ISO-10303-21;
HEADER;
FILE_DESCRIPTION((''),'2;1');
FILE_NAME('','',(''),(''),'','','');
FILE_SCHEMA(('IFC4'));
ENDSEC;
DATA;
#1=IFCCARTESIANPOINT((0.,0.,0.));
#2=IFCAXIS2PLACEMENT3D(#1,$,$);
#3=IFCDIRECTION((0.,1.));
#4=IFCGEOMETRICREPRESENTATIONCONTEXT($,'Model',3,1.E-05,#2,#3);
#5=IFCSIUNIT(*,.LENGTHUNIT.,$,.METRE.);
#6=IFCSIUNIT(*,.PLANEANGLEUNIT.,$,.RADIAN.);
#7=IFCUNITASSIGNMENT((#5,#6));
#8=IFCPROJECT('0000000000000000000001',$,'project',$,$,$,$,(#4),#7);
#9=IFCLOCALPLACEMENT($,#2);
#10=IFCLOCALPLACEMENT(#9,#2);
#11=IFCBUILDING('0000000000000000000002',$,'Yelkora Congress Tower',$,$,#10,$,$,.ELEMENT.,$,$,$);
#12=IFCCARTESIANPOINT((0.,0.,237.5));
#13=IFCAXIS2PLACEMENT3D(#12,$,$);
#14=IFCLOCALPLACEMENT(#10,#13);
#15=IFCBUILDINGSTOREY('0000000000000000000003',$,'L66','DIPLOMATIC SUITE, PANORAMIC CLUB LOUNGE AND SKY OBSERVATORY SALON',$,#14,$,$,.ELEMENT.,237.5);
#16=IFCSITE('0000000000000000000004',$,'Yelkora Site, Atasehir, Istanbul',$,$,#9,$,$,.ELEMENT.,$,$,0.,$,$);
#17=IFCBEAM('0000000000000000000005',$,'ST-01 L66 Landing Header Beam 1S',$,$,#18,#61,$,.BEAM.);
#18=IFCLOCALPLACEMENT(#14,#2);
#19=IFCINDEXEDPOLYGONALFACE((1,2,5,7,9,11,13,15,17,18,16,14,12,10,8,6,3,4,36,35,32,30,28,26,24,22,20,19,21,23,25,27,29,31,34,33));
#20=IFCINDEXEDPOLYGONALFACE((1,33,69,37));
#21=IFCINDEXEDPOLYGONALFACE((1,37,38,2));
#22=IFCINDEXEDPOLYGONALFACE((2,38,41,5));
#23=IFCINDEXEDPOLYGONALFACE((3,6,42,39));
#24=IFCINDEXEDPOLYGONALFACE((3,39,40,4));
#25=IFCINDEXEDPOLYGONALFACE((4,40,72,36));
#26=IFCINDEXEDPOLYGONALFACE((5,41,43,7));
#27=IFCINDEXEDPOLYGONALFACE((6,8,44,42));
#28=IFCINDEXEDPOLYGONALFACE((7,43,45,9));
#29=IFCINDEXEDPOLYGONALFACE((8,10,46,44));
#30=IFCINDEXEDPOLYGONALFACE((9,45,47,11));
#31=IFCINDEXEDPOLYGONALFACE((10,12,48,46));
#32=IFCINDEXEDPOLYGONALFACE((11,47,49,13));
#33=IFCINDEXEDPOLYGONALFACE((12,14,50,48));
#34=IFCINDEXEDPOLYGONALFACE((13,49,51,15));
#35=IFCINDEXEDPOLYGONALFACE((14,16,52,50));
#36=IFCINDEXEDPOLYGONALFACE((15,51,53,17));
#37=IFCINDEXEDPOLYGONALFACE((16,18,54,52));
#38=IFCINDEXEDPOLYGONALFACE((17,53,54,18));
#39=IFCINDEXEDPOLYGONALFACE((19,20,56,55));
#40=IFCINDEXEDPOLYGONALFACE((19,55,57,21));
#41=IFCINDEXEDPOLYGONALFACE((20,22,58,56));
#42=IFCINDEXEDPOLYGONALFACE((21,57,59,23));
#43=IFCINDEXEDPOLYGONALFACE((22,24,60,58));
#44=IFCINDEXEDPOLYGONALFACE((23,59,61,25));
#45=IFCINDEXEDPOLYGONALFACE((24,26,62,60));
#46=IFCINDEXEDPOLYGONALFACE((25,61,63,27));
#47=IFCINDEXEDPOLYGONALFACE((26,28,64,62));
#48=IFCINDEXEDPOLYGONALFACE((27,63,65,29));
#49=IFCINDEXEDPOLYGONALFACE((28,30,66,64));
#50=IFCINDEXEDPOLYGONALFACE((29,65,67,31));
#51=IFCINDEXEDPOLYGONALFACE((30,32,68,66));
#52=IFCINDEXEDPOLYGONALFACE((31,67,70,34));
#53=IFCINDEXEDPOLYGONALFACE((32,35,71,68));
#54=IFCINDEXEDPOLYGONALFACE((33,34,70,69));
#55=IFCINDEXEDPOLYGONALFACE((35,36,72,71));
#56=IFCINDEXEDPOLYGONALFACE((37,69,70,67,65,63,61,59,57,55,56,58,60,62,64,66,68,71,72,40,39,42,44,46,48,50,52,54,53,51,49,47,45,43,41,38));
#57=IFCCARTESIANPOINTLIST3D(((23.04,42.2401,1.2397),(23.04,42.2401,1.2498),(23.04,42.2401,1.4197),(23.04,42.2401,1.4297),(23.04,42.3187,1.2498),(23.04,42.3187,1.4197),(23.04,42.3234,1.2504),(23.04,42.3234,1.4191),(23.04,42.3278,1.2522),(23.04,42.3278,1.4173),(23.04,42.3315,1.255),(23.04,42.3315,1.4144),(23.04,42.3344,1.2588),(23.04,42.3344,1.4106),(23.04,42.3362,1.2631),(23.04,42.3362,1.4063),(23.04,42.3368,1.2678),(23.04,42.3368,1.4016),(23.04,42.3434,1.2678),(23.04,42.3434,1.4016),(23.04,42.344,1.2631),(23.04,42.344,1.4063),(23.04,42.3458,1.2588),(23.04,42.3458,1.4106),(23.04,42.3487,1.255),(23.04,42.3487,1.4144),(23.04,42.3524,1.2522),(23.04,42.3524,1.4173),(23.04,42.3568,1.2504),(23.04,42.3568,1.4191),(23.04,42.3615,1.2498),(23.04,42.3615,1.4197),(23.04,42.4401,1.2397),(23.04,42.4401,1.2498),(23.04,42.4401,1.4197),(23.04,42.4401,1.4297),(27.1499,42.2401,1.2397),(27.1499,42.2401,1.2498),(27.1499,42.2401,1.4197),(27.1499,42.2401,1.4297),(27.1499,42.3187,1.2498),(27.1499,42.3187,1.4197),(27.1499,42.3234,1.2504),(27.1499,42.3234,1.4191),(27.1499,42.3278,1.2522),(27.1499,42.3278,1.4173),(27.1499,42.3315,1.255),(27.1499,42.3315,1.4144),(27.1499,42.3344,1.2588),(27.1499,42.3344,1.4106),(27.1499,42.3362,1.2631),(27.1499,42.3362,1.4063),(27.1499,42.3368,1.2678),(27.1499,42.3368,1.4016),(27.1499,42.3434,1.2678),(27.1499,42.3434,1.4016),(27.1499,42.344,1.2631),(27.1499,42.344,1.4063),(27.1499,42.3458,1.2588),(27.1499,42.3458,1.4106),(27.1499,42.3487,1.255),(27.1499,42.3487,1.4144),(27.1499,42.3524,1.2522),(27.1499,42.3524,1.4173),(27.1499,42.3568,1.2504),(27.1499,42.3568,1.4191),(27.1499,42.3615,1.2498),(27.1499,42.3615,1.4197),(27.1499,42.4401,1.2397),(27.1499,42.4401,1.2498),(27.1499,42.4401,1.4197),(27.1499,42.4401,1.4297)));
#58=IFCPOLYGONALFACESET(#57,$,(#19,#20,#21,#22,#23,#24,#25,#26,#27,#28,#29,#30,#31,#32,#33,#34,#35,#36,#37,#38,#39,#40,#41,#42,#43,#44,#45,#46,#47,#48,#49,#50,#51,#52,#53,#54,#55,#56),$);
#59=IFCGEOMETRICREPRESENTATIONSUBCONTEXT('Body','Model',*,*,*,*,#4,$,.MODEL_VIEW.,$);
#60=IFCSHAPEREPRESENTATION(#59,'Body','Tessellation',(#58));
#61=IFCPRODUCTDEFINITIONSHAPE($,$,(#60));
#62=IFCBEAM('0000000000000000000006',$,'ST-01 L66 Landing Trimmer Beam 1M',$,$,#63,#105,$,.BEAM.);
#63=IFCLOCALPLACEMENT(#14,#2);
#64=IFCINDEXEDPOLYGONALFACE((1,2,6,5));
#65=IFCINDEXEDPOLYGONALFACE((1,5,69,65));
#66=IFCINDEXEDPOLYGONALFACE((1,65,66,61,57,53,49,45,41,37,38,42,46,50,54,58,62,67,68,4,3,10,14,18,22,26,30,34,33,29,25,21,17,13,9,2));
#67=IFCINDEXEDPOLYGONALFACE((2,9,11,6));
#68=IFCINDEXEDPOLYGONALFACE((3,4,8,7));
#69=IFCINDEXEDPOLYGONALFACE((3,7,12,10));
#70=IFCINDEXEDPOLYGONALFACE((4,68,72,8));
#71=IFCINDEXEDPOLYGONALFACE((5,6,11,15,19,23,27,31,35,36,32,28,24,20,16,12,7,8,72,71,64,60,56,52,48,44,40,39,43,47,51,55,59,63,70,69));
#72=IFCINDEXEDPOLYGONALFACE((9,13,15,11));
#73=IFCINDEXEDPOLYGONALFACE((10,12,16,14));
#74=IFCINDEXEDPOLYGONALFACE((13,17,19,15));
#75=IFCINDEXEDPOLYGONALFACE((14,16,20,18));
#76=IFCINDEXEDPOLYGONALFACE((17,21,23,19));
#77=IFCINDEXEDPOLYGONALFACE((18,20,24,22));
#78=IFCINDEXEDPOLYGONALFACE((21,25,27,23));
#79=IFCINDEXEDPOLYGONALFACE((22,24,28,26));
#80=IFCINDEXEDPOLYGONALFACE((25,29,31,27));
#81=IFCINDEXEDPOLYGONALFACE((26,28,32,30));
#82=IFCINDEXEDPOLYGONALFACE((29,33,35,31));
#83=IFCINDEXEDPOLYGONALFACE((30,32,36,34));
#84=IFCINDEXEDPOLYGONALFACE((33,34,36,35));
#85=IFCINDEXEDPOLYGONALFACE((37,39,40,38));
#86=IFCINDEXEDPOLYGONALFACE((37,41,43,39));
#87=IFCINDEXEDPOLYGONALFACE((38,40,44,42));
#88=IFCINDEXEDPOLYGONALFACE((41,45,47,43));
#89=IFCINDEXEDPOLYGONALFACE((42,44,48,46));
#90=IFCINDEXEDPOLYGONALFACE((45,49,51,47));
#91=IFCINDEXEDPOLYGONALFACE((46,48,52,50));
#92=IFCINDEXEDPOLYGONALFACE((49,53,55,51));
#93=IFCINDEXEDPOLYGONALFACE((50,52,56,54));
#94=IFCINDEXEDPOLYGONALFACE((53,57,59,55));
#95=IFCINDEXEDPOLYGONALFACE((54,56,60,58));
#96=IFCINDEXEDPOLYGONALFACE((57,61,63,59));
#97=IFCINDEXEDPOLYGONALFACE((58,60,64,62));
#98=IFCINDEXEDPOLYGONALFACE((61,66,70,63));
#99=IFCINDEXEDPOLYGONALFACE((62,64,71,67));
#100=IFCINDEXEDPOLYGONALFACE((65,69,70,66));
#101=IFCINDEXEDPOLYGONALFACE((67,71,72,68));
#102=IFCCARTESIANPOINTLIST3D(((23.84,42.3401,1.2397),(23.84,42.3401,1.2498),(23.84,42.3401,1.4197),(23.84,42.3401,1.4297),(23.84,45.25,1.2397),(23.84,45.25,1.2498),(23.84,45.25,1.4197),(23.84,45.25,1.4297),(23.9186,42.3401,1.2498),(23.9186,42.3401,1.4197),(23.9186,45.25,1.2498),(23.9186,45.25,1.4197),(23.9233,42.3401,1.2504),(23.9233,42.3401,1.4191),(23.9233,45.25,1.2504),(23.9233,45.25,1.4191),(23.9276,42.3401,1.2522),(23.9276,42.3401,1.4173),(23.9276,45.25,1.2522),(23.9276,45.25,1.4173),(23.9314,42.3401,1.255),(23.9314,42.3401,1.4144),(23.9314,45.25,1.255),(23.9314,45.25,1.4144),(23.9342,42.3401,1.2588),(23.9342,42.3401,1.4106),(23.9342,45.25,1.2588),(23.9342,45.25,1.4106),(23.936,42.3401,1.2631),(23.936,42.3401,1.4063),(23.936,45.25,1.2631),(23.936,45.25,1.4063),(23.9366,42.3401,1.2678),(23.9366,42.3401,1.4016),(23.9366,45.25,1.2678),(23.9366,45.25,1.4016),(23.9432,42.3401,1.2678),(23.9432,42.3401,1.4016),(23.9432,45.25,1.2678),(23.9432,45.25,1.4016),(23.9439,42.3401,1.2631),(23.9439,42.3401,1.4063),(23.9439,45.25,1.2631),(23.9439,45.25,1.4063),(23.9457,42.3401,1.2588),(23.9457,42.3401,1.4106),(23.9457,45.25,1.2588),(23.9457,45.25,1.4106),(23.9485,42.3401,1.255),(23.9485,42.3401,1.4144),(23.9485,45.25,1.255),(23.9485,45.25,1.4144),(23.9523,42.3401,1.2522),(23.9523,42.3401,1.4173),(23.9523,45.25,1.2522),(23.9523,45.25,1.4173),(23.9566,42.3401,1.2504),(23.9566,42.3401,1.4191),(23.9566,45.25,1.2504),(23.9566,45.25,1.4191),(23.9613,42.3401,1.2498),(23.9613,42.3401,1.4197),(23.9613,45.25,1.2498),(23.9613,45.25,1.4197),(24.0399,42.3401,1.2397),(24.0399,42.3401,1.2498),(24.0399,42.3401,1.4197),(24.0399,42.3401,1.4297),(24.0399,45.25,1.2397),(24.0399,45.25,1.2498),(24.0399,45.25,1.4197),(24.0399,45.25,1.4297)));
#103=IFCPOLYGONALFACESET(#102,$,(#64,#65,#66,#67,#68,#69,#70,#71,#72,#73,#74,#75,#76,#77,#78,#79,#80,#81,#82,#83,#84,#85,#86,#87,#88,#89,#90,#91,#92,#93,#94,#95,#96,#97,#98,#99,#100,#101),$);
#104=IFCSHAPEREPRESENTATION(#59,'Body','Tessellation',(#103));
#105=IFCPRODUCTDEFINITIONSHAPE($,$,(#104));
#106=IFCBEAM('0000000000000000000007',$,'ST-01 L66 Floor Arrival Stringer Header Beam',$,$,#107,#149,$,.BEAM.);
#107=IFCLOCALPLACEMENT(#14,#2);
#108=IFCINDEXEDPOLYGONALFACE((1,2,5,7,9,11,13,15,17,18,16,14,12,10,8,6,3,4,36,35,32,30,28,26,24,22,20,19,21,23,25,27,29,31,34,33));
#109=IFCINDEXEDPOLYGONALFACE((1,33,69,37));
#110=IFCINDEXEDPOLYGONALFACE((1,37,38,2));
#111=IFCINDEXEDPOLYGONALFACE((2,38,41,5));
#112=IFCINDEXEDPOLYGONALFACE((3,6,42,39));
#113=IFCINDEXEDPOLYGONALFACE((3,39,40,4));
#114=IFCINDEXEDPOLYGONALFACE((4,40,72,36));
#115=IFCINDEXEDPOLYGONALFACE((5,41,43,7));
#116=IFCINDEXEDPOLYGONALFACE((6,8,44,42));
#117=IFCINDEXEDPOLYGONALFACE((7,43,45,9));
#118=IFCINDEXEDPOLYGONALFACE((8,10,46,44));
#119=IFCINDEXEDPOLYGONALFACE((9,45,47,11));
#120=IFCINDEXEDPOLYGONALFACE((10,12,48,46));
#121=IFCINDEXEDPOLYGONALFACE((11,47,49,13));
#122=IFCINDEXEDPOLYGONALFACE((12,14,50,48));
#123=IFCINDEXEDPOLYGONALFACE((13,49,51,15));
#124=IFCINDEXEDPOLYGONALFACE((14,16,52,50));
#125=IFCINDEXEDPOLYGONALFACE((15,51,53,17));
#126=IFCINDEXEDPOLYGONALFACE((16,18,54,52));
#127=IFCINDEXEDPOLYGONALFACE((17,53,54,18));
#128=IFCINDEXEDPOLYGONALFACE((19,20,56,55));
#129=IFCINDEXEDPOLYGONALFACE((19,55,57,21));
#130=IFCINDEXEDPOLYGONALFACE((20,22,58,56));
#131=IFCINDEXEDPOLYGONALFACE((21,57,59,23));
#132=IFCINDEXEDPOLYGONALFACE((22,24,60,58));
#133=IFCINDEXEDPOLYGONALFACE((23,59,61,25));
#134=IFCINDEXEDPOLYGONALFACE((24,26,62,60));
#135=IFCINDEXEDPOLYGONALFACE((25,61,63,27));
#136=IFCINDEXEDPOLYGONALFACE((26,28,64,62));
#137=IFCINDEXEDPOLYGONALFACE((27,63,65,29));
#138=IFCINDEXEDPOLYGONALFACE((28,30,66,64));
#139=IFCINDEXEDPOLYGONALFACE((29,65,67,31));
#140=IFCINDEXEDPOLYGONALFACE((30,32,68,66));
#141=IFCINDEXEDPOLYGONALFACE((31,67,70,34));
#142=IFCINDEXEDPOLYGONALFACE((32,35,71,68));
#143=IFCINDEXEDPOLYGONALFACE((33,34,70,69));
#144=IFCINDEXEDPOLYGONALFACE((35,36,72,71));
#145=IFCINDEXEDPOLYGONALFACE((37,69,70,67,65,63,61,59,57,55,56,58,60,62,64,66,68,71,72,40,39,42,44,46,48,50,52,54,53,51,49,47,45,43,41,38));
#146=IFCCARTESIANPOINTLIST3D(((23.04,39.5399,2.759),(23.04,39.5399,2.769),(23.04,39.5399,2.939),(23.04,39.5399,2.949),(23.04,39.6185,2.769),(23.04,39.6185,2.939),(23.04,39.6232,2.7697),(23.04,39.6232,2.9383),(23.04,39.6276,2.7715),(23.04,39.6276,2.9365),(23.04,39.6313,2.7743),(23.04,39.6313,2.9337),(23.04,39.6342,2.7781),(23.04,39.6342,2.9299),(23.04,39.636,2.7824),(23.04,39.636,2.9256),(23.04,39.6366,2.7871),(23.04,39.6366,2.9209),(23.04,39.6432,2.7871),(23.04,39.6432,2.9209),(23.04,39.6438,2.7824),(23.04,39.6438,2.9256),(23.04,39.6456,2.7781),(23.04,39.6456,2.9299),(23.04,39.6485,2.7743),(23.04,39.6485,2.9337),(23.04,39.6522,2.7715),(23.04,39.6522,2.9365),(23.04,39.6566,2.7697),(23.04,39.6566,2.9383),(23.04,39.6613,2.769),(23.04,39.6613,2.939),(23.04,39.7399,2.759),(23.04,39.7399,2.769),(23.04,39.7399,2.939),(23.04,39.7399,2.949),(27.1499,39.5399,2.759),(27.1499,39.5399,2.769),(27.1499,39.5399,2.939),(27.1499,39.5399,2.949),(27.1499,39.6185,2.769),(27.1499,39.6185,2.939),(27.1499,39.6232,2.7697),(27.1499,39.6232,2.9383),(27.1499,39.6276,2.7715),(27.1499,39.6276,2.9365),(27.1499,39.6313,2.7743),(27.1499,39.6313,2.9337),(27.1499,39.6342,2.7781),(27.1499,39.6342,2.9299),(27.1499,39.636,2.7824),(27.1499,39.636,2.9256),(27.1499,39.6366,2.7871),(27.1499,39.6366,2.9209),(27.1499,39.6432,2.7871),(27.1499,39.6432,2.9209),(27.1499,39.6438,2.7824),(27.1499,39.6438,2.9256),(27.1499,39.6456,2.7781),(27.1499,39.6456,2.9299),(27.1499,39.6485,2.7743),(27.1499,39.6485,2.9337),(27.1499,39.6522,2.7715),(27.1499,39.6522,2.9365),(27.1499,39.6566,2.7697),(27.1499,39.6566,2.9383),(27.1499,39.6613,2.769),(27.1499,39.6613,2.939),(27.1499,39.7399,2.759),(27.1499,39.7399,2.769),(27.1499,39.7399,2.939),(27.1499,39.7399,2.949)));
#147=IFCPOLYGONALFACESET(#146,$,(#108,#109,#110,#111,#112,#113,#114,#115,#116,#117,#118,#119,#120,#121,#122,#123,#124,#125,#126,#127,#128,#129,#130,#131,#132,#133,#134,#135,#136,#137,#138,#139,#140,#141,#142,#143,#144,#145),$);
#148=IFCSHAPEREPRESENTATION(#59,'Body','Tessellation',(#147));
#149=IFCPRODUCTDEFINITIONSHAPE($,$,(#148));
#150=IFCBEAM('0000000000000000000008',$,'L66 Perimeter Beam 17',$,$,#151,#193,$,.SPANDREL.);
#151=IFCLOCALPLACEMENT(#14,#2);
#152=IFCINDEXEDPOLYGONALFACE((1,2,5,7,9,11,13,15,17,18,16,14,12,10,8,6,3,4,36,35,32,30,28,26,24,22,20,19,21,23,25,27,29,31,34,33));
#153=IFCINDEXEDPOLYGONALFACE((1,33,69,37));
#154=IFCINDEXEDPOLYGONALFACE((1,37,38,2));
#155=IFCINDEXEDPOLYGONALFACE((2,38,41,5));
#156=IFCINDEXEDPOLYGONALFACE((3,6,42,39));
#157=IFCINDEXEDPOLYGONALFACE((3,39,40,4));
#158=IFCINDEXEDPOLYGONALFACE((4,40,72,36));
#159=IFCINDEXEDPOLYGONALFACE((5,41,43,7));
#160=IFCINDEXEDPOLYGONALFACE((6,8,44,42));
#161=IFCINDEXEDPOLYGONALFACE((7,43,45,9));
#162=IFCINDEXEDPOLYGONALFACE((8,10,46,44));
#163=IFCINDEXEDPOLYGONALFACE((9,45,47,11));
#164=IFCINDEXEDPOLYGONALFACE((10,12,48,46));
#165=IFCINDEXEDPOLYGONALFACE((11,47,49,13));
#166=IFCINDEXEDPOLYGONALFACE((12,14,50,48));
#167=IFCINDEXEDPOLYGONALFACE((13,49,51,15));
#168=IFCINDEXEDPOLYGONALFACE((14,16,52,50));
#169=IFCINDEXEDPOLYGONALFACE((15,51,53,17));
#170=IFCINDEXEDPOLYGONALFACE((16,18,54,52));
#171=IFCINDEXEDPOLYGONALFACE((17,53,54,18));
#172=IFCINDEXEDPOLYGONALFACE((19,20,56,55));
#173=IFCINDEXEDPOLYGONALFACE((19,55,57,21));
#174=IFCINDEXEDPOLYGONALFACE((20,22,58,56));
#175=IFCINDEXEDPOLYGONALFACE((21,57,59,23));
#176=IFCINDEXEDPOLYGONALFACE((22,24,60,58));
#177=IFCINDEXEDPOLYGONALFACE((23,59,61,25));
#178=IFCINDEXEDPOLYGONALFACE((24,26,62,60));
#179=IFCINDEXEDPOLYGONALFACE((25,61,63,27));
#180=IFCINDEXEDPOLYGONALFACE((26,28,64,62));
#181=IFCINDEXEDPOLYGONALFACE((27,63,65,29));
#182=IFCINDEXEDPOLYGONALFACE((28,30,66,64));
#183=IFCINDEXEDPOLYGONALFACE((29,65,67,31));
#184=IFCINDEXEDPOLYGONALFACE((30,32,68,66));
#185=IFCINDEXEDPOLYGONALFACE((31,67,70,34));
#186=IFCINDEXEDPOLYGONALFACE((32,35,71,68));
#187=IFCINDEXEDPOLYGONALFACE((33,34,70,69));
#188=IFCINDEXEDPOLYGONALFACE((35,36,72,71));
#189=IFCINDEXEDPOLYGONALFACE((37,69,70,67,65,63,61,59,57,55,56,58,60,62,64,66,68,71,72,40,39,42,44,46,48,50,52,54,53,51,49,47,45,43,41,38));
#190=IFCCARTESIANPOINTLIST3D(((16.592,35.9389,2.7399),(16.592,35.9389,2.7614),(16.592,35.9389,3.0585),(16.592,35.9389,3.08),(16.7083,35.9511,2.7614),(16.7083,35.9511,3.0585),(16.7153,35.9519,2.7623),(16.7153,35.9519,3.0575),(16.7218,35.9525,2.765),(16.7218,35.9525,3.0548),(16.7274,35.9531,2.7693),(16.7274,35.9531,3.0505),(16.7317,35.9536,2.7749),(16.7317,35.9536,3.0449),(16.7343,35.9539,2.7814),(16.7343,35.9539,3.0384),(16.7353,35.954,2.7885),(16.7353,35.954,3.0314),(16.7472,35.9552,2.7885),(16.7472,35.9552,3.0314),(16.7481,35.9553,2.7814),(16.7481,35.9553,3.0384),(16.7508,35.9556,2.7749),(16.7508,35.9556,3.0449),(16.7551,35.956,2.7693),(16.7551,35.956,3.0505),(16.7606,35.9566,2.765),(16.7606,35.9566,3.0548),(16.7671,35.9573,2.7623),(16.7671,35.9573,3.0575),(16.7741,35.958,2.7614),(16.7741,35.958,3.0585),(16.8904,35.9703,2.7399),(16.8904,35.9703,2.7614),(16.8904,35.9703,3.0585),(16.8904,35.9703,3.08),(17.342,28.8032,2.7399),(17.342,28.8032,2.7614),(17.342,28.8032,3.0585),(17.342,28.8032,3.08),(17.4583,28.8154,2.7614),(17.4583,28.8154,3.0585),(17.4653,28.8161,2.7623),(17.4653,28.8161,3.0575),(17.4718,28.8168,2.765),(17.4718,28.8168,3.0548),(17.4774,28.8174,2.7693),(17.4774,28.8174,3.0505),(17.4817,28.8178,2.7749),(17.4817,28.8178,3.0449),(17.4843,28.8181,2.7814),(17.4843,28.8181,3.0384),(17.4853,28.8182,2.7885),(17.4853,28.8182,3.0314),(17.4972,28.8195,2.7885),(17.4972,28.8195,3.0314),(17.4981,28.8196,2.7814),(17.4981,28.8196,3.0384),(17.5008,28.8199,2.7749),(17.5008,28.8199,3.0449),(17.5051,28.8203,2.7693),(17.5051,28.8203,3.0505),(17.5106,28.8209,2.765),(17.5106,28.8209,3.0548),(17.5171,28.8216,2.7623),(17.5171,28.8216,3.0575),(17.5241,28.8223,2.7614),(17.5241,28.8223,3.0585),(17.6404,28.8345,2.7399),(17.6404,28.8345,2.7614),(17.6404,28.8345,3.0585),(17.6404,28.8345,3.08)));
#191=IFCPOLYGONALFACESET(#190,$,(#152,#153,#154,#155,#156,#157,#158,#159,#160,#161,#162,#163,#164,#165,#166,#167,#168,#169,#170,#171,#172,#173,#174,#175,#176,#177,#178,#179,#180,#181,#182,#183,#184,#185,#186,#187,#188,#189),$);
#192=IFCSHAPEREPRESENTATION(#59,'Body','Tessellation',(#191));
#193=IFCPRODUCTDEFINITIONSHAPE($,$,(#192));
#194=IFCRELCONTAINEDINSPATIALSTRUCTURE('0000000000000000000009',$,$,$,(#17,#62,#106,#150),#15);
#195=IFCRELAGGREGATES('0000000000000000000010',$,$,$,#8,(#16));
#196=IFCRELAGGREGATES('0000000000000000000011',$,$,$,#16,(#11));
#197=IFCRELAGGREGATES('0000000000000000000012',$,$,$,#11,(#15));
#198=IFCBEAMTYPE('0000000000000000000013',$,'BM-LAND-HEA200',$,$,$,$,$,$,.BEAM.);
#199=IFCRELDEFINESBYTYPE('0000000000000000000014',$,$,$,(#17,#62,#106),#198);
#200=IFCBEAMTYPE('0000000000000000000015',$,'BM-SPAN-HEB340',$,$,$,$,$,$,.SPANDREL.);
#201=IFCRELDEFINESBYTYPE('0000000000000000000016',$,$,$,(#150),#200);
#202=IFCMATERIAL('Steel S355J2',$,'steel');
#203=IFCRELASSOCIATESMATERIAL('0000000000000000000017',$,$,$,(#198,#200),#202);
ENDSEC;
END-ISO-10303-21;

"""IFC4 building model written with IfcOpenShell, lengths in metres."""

from ifc_helpers import new_model, si_unit, direction, frame, origin, origin_2d, place, context, subcontext, project, spatial, i_section, extrude, material, material_profile, profile_set, type_object, element, save


model = new_model("IFC4")

# Units and contexts
model_context = context("Model", 3, precision=1e-05, world=origin(), true_north=direction((0.0, 1.0)))
body_context = subcontext(model_context, "Body", "Model", "MODEL_VIEW")
ifc_project = project(units=[si_unit("LENGTHUNIT", "METRE"), si_unit("PLANEANGLEUNIT", "RADIAN")], contexts=[model_context])

# Site, building, storey
site_placement = place(None, origin())
site = spatial("IfcSite", under=ifc_project, at=site_placement, Name="Yelkora Site, Atasehir, Istanbul", CompositionType="ELEMENT", RefElevation=0.0)
building_placement = place(site_placement, origin())
building = spatial("IfcBuilding", under=site, at=building_placement, Name="Yelkora Congress Tower", CompositionType="ELEMENT")
storey_placement = place(building_placement, frame((0.0, 0.0, 237.5)))
storey = spatial("IfcBuildingStorey", under=building, at=storey_placement, Name="L66", Description="DIPLOMATIC SUITE, PANORAMIC CLUB LOUNGE AND SKY OBSERVATORY SALON", CompositionType="ELEMENT", Elevation=237.5)

# Shared definitions
ifc_material_1 = material(Name="Steel S355J2", Category="steel")

# Beams
ifc_material_profile_1 = material_profile(ifc_material_1, i_section(OverallWidth=0.2, OverallDepth=0.1899, WebThickness=0.0066, FlangeThickness=0.01, FilletRadius=0.0181, at=origin_2d()), Name="HEA 200")
ifc_profile_set_1 = profile_set([ifc_material_profile_1], Name="Steel S355J2")
beam_type_1 = type_object("IfcBeamType", Name="BM-LAND-HEA200", PredefinedType="BEAM", material=ifc_profile_set_1)
beam_1_placement = place(storey_placement, frame((23.04, 42.3401, 1.3347), z_axis=(1.0, 0.0, 0.0), x_axis=(0.0, 1.0, 0.0)))
element("IfcBeam", 1, at=beam_1_placement, inside=storey, type_object=beam_type_1, Name="ST-01 L66 Landing Header Beam 1S", PredefinedType="BEAM", context=body_context, shape_type="SweptSolid", body=[
    extrude(i_section(OverallWidth=0.2, OverallDepth=0.1899, WebThickness=0.0066, FlangeThickness=0.01, FilletRadius=0.0181, at=origin_2d()), origin(), (0.0, 0.0, 1.0), 4.1099),
])
beam_2_placement = place(storey_placement, frame((23.9399, 42.3401, 1.3347), z_axis=(0.0, 1.0, 0.0), x_axis=(-1.0, 0.0, 0.0)))
element("IfcBeam", 2, at=beam_2_placement, inside=storey, type_object=beam_type_1, Name="ST-01 L66 Landing Trimmer Beam 1M", PredefinedType="BEAM", context=body_context, shape_type="SweptSolid", body=[
    extrude(i_section(OverallWidth=0.2, OverallDepth=0.1899, WebThickness=0.0066, FlangeThickness=0.01, FilletRadius=0.0181, at=origin_2d()), origin(), (0.0, 0.0, 1.0), 2.9099),
])
beam_3_placement = place(storey_placement, frame((23.04, 39.6399, 2.854), z_axis=(1.0, 0.0, 0.0), x_axis=(0.0, 1.0, 0.0)))
element("IfcBeam", 3, at=beam_3_placement, inside=storey, type_object=beam_type_1, Name="ST-01 L66 Floor Arrival Stringer Header Beam", PredefinedType="BEAM", context=body_context, shape_type="SweptSolid", body=[
    extrude(i_section(OverallWidth=0.2, OverallDepth=0.1899, WebThickness=0.0066, FlangeThickness=0.01, FilletRadius=0.0181, at=origin_2d()), origin(), (0.0, 0.0, 1.0), 4.1099),
])
ifc_material_profile_2 = material_profile(ifc_material_1, i_section(OverallWidth=0.3, OverallDepth=0.3401, WebThickness=0.012, FlangeThickness=0.0215, FilletRadius=0.0271, at=origin_2d()), Name="HEB 340")
ifc_profile_set_2 = profile_set([ifc_material_profile_2], Name="Steel S355J2")
beam_type_2 = type_object("IfcBeamType", Name="BM-SPAN-HEB340", PredefinedType="SPANDREL", material=ifc_profile_set_2)
beam_4_placement = place(storey_placement, frame((16.7412, 35.9546, 2.9099), z_axis=(0.104529, -0.994522, 0.0), x_axis=(0.994522, 0.104529, 0.0)))
element("IfcBeam", 4, at=beam_4_placement, inside=storey, type_object=beam_type_2, Name="L66 Perimeter Beam 17", PredefinedType="SPANDREL", context=body_context, shape_type="SweptSolid", body=[
    extrude(i_section(OverallWidth=0.3, OverallDepth=0.3401, WebThickness=0.012, FlangeThickness=0.0215, FilletRadius=0.0271, at=origin_2d()), origin(), (0.0, 0.0, 1.0), 7.175),
])

save(model, "model.ifc")
